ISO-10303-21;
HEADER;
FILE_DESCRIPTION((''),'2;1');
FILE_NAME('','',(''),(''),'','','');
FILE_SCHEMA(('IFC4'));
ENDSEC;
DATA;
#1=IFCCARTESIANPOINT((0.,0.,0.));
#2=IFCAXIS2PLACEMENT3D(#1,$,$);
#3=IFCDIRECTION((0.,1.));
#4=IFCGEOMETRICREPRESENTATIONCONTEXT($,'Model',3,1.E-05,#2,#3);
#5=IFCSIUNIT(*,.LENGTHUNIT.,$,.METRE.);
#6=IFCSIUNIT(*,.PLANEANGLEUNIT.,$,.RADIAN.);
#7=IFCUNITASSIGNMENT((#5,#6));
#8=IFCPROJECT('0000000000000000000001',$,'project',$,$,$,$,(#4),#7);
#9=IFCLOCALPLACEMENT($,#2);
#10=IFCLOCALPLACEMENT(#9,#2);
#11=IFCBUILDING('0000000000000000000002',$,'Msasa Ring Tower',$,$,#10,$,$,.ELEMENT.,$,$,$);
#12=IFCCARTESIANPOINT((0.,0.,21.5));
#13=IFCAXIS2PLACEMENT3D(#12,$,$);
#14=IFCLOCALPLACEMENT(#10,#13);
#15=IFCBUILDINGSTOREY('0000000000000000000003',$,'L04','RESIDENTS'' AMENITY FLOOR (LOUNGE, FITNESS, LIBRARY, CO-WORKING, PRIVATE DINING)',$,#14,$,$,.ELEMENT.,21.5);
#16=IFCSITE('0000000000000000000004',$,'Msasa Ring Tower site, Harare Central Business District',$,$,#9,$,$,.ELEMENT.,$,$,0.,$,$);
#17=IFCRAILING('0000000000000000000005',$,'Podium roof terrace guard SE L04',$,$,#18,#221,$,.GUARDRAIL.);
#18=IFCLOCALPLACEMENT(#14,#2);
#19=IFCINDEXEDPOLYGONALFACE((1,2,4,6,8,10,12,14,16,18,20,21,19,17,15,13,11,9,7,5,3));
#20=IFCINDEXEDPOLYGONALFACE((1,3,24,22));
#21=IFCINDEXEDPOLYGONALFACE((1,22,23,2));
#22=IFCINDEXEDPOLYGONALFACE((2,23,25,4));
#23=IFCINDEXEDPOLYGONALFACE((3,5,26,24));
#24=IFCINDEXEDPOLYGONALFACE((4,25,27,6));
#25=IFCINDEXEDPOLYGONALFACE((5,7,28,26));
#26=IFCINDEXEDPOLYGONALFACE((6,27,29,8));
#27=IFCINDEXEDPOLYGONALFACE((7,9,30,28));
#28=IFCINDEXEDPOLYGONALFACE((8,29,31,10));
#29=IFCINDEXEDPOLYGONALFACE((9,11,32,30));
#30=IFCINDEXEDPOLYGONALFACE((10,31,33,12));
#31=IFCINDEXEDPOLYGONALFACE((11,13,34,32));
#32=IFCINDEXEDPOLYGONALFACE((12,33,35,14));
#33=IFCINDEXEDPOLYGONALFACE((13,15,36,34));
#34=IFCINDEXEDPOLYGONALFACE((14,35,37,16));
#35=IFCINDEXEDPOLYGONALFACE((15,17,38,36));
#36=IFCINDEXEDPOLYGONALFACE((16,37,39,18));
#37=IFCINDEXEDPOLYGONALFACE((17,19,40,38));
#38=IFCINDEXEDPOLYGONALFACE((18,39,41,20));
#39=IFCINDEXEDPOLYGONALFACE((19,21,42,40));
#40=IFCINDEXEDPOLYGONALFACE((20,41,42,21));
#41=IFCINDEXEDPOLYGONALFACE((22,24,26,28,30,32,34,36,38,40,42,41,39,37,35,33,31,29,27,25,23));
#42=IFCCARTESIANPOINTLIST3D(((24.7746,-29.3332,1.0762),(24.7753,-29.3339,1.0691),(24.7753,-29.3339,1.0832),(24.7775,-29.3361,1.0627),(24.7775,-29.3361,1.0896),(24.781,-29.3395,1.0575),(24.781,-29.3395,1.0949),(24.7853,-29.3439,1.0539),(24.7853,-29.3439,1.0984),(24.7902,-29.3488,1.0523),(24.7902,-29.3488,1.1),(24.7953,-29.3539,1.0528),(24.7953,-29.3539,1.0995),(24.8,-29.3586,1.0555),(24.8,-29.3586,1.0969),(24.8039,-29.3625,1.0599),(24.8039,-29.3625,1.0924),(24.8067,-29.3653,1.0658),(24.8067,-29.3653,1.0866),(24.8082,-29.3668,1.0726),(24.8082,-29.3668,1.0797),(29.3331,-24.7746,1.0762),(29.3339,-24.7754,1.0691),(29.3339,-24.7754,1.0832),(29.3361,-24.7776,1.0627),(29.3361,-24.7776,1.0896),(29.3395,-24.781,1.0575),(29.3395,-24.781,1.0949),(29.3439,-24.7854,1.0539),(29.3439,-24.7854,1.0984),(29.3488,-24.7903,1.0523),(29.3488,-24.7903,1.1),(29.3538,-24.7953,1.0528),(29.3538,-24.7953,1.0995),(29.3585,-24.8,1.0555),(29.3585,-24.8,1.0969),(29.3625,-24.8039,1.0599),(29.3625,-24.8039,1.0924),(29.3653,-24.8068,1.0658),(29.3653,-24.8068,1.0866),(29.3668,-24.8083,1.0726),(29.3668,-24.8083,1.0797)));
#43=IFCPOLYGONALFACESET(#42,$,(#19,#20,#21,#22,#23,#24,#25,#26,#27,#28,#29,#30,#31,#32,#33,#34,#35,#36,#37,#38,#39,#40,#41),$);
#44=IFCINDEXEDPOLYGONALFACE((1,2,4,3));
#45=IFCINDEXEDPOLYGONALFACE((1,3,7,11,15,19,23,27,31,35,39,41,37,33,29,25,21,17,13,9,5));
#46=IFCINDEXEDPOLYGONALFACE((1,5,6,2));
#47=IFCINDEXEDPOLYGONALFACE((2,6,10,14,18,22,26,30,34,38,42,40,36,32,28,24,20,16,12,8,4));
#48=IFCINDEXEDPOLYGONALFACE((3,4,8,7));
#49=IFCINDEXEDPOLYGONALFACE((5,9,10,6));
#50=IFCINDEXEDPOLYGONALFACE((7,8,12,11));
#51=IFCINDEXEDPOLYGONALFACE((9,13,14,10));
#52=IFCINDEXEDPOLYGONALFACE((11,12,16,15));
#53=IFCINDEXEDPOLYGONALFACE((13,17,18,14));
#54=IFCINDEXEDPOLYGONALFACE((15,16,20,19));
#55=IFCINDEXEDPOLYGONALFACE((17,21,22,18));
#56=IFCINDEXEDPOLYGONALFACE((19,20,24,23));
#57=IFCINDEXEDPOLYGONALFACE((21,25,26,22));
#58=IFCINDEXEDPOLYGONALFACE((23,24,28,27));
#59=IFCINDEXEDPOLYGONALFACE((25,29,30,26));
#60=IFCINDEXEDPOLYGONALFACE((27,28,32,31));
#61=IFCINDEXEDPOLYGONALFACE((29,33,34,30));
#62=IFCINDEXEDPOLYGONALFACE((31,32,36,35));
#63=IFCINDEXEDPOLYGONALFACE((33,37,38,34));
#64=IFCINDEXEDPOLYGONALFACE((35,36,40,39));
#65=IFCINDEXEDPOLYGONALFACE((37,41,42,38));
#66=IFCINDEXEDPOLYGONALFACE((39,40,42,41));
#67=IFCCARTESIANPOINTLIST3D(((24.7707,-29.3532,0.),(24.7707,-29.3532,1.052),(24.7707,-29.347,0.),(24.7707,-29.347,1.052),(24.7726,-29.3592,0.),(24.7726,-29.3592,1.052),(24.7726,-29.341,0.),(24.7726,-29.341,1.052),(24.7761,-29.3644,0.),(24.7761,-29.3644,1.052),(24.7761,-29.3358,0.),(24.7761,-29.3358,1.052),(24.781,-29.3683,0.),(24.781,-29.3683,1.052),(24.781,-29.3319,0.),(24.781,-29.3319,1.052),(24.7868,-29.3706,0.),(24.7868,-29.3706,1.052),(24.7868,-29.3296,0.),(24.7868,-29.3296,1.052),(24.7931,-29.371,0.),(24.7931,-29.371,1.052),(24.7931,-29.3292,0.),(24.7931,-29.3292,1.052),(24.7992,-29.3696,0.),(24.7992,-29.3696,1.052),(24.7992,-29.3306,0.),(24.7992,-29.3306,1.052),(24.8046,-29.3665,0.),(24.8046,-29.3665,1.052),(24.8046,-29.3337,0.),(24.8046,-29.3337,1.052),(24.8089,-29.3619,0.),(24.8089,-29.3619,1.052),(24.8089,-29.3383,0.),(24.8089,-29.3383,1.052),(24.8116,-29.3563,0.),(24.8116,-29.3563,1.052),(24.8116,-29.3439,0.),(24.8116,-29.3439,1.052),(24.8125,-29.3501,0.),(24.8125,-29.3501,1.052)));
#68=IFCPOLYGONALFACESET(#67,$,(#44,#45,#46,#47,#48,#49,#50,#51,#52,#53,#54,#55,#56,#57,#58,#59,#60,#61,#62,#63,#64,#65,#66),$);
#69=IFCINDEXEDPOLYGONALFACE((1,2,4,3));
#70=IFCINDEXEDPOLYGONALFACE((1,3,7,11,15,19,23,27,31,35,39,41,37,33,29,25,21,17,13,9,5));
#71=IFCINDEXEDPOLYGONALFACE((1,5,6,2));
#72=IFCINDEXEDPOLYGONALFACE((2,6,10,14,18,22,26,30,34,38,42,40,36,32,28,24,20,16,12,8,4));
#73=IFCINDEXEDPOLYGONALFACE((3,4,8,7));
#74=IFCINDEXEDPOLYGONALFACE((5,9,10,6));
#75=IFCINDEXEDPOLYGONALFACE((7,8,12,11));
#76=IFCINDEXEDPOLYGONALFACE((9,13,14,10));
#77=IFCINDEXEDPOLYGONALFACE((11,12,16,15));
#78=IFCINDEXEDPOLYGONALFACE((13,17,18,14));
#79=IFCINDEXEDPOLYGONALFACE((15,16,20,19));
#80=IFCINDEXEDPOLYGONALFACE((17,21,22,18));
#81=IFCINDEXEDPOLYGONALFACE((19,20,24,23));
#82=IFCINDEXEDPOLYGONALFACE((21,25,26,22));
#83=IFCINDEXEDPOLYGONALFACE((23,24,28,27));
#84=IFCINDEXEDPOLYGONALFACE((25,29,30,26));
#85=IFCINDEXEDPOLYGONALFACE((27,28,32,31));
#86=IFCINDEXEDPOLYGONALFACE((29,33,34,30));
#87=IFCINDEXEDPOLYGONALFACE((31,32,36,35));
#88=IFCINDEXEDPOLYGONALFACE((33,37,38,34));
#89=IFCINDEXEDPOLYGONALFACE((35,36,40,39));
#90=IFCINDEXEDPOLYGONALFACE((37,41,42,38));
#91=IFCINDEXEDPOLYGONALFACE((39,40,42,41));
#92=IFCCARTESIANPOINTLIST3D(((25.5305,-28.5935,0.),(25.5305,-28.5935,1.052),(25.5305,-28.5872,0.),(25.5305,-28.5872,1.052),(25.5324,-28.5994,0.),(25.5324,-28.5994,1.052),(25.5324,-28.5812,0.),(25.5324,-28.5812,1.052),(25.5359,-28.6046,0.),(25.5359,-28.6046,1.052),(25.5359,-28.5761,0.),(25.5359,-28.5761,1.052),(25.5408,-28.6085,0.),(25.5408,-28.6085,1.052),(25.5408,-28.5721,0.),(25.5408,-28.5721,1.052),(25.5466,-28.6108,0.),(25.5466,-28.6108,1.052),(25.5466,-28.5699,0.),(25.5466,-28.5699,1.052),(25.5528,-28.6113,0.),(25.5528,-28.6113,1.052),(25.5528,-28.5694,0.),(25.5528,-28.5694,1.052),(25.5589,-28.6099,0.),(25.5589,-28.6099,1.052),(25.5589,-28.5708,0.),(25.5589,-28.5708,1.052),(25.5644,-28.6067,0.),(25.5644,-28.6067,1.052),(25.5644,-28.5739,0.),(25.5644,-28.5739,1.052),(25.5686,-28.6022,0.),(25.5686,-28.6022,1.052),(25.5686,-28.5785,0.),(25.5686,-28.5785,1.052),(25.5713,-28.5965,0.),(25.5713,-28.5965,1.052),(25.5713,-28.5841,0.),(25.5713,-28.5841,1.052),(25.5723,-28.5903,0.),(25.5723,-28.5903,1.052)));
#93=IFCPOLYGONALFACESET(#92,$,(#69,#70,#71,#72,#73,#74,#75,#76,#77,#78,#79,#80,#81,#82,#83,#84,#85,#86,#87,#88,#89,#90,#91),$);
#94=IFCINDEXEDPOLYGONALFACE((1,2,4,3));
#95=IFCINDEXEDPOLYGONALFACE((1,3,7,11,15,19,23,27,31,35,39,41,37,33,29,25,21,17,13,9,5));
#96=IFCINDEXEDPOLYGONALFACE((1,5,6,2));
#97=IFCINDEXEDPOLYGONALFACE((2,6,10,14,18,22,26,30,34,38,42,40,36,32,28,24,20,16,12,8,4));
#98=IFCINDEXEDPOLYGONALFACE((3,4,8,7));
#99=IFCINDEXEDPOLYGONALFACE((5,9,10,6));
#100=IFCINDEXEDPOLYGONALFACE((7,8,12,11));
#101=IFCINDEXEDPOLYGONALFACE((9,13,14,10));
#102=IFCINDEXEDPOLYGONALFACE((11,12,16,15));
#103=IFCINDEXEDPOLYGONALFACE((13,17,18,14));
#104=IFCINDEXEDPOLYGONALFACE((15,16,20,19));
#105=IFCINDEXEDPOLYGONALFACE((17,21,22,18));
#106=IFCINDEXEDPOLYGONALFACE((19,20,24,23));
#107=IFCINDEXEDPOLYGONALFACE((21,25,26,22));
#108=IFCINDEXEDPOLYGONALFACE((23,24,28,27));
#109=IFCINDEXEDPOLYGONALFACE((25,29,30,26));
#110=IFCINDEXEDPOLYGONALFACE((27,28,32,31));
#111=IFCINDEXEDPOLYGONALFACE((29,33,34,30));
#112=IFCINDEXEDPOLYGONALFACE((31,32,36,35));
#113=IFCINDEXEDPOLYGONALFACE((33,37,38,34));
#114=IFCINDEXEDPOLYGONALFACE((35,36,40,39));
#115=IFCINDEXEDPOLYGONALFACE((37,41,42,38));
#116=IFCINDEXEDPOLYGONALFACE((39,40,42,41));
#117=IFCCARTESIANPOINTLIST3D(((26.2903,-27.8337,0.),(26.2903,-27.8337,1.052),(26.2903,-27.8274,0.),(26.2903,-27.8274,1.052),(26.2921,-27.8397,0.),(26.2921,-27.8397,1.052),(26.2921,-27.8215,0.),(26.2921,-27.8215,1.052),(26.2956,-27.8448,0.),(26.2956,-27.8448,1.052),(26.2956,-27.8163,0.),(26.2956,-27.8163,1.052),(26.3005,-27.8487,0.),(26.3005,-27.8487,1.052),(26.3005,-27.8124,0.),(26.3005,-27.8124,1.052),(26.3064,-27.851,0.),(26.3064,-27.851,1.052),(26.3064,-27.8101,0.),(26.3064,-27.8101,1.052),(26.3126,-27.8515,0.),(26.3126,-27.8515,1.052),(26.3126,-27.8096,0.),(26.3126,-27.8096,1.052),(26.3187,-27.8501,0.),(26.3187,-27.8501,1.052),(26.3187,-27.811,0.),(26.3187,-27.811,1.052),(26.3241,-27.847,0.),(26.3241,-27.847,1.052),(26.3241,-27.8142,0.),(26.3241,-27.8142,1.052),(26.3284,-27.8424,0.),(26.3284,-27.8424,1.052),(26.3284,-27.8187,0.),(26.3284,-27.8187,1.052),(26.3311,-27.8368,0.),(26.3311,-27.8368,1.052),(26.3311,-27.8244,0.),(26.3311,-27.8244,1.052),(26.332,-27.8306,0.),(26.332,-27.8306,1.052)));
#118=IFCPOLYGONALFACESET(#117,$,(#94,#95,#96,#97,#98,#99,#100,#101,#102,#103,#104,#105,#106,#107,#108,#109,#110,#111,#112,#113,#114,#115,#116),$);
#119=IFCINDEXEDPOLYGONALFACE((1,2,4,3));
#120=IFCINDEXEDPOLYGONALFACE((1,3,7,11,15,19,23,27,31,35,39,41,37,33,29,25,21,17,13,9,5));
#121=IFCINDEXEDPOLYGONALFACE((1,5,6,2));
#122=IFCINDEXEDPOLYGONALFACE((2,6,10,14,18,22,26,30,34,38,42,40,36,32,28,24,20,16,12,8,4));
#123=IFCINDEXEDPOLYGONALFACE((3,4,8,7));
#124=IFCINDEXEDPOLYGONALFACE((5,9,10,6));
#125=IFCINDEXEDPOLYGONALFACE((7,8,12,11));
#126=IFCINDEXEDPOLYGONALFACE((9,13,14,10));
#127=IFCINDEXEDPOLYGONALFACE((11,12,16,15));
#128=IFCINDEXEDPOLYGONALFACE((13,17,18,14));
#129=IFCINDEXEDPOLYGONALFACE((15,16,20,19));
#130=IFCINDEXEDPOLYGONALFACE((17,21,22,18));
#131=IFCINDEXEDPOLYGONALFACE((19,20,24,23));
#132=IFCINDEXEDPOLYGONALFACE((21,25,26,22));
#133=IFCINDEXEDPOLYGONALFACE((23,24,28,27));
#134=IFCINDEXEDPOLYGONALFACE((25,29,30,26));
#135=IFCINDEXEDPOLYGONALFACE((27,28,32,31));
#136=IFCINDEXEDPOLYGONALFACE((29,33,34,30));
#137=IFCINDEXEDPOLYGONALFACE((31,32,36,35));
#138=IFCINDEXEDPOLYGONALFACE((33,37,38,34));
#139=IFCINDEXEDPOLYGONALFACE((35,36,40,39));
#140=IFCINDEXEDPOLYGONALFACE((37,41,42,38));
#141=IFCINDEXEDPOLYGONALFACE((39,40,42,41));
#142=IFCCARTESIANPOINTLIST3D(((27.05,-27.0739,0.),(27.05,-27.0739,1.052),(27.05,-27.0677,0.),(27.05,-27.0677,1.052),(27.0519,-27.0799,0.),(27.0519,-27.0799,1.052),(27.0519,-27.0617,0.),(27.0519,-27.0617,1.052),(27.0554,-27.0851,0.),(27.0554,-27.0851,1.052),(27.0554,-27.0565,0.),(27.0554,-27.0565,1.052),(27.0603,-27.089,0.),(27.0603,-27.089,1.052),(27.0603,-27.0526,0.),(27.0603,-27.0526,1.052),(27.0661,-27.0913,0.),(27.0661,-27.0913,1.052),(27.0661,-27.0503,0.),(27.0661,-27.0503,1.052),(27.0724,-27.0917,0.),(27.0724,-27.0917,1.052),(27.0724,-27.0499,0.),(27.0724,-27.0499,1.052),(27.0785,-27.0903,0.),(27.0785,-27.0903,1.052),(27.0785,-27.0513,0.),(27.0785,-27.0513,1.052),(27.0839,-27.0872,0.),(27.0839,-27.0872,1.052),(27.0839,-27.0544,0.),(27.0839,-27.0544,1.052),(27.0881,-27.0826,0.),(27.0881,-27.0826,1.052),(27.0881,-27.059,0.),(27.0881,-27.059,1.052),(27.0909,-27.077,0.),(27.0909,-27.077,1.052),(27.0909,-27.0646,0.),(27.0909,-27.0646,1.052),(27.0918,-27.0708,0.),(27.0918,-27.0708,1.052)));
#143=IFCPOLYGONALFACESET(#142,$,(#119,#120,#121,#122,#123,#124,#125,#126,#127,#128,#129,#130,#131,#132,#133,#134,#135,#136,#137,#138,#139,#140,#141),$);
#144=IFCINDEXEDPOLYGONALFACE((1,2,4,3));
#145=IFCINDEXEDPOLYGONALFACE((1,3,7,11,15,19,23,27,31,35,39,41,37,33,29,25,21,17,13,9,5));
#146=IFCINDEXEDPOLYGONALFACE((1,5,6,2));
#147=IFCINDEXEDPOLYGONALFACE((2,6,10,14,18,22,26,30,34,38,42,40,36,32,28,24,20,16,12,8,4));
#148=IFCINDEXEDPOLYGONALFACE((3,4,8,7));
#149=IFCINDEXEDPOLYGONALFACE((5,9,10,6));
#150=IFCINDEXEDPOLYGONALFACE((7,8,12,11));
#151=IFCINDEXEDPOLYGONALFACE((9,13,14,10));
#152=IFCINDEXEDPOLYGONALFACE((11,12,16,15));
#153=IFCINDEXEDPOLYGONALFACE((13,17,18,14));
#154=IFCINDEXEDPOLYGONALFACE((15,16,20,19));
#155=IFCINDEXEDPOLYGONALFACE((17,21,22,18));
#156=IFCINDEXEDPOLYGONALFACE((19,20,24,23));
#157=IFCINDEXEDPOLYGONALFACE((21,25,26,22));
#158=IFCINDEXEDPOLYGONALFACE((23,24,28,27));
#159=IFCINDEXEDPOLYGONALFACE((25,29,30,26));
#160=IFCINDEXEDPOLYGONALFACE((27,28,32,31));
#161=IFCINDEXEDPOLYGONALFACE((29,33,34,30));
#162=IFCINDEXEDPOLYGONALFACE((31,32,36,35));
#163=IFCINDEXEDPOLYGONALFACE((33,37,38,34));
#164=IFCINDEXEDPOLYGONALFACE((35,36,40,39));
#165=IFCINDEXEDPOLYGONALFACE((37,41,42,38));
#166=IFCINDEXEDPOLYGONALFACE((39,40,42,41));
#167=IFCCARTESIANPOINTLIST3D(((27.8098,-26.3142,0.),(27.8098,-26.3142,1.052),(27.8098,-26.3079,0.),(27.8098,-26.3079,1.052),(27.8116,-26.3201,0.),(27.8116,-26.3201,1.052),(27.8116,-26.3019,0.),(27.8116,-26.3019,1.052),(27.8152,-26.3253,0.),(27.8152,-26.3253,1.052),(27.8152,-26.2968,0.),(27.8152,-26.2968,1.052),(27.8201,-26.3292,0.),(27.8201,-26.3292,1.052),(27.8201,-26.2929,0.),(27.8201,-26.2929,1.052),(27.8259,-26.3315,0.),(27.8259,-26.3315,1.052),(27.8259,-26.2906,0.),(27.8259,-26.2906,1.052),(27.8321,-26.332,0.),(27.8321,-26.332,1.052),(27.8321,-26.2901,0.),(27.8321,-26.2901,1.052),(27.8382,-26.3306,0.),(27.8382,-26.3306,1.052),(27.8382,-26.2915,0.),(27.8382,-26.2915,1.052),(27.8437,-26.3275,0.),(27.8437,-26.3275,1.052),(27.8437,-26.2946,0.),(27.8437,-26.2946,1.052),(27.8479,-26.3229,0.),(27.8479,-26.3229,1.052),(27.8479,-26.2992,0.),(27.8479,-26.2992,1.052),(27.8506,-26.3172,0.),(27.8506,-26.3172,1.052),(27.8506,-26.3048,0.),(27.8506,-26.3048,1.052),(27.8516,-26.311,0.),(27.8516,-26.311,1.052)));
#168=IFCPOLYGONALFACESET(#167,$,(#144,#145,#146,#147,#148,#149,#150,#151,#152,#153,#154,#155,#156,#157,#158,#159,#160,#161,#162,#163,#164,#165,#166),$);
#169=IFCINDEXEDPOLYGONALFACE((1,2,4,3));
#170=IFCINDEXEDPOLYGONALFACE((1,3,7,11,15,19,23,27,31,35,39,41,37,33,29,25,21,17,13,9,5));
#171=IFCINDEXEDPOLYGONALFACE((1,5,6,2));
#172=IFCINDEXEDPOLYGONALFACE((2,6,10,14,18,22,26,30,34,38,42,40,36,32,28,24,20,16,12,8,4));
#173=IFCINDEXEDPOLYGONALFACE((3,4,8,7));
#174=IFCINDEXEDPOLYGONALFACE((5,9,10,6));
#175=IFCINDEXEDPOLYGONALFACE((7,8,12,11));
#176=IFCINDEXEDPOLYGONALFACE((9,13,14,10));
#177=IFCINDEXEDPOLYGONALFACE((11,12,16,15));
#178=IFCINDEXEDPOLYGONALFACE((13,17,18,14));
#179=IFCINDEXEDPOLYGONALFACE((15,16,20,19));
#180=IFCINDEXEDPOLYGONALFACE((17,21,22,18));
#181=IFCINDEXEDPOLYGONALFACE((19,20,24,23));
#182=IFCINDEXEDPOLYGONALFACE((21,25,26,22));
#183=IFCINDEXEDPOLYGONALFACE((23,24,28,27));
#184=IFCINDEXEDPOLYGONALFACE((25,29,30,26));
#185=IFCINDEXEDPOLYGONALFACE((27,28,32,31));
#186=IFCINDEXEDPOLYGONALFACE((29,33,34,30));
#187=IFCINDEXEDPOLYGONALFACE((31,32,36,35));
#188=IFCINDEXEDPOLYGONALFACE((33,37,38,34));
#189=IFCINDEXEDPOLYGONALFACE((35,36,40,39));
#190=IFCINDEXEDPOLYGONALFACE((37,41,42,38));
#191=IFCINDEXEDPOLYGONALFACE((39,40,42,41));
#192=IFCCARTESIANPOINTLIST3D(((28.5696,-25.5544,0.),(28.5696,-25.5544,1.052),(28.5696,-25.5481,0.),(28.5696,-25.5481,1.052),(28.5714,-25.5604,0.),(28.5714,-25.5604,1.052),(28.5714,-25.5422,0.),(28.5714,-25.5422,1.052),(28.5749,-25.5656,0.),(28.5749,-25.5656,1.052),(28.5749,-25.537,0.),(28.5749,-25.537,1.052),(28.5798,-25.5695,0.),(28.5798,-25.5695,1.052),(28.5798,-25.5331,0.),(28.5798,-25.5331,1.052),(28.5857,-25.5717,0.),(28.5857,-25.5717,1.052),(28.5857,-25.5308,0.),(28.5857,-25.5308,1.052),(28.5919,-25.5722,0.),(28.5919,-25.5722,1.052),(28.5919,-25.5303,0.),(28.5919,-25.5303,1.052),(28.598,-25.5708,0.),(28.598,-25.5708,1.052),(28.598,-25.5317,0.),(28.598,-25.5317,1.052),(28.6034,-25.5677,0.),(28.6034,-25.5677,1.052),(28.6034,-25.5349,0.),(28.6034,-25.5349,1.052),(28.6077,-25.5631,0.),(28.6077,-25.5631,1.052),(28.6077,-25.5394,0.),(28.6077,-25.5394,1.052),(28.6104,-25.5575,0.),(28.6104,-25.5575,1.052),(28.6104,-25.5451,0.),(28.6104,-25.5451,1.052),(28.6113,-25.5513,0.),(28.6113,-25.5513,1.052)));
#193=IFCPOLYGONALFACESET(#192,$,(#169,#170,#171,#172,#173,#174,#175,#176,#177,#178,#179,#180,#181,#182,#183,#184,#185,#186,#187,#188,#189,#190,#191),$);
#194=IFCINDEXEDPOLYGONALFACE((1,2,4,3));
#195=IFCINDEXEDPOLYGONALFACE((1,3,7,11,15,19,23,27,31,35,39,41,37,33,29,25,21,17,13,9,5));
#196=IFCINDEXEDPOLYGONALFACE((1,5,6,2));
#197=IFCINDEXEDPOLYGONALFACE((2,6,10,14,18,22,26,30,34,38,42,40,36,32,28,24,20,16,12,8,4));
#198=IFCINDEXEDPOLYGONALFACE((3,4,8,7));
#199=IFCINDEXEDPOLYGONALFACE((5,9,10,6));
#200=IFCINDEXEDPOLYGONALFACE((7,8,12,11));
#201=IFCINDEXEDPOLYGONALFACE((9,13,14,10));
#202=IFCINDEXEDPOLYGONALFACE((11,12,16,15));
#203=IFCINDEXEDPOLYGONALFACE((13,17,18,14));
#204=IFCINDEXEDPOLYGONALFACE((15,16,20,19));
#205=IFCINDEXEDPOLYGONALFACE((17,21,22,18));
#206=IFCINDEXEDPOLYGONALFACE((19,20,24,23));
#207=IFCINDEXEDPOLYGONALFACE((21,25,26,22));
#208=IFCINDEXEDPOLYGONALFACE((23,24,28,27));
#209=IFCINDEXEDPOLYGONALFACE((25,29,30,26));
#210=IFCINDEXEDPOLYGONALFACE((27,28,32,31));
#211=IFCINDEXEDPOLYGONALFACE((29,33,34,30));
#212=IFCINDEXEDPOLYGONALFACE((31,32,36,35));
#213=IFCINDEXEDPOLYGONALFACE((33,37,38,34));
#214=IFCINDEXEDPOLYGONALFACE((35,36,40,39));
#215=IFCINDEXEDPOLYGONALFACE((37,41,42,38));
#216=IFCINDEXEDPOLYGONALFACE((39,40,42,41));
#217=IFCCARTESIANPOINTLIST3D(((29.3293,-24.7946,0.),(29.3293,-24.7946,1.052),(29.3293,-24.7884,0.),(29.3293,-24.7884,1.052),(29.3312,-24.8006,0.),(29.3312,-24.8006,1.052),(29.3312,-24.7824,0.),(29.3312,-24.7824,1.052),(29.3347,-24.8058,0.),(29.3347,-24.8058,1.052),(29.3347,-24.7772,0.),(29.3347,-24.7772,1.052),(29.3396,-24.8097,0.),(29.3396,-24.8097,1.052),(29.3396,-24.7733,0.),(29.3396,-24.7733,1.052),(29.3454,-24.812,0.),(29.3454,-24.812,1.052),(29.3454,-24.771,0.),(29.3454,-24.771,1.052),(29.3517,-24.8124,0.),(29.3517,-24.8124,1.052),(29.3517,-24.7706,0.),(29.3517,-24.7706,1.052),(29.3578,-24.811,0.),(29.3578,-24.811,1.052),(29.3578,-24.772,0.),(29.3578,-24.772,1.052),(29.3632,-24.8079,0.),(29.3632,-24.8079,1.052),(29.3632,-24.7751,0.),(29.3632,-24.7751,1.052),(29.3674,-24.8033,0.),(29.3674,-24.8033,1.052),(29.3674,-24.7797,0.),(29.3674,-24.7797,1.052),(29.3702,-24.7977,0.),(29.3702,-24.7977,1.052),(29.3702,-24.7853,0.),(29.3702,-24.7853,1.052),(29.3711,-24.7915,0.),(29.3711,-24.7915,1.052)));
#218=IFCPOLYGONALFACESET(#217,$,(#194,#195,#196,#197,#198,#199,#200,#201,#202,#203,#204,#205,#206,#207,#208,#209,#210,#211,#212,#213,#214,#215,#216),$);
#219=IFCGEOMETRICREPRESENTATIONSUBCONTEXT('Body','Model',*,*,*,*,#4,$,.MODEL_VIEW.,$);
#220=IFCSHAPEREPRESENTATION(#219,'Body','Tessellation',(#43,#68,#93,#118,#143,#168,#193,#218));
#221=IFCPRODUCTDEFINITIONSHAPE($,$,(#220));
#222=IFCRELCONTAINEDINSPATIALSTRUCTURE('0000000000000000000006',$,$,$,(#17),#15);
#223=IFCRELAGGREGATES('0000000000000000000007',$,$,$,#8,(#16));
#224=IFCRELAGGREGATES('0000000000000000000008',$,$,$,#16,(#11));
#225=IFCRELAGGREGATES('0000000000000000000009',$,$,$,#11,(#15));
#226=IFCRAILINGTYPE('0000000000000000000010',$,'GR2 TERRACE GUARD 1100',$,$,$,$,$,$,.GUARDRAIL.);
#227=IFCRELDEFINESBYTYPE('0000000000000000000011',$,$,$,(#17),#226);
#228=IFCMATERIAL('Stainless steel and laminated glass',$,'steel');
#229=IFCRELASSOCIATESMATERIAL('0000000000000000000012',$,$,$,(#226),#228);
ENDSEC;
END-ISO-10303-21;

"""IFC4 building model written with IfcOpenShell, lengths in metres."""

from ifc_helpers import new_model, si_unit, direction, frame, origin, origin_2d, place, context, subcontext, project, spatial, circle, extrude, material, type_object, element, save


model = new_model("IFC4")

# Units and contexts
model_context = context("Model", 3, precision=1e-05, world=origin(), true_north=direction((0.0, 1.0)))
body_context = subcontext(model_context, "Body", "Model", "MODEL_VIEW")
ifc_project = project(units=[si_unit("LENGTHUNIT", "METRE"), si_unit("PLANEANGLEUNIT", "RADIAN")], contexts=[model_context])

# Site, building, storey
site_placement = place(None, origin())
site = spatial("IfcSite", under=ifc_project, at=site_placement, Name="Msasa Ring Tower site, Harare Central Business District", CompositionType="ELEMENT", RefElevation=0.0)
building_placement = place(site_placement, origin())
building = spatial("IfcBuilding", under=site, at=building_placement, Name="Msasa Ring Tower", CompositionType="ELEMENT")
storey_placement = place(building_placement, frame((0.0, 0.0, 21.5)))
storey = spatial("IfcBuildingStorey", under=building, at=storey_placement, Name="L04", Description="RESIDENTS' AMENITY FLOOR (LOUNGE, FITNESS, LIBRARY, CO-WORKING, PRIVATE DINING)", CompositionType="ELEMENT", Elevation=21.5)

# Railing
ifc_material_1 = material(Name="Stainless steel and laminated glass", Category="steel")
railing_type = type_object("IfcRailingType", Name="GR2 TERRACE GUARD 1100", PredefinedType="GUARDRAIL", material=ifc_material_1)
railing_1_placement = place(storey_placement, frame((24.7915, -29.3501, 0.0)))
element("IfcRailing", 1, at=railing_1_placement, inside=storey, type_object=railing_type, Name="Podium roof terrace guard SE L04", PredefinedType="GUARDRAIL", context=body_context, shape_type="SweptSolid", body=[
    extrude(circle(Radius=0.0239, at=origin_2d()), frame((0.0, 0.0, 1.0762), z_axis=(0.707107, 0.707107, 0.0), x_axis=(-0.707107, 0.707107, 0.0)), (0.0, 0.0, 1.0), 6.4468),
    extrude(circle(Radius=0.021, at=origin_2d()), origin(), (0.0, 0.0, 1.0), 1.052),
    extrude(circle(Radius=0.021, at=origin_2d()), frame((0.7598, 0.7598, 0.0)), (0.0, 0.0, 1.0), 1.052),
    extrude(circle(Radius=0.021, at=origin_2d()), frame((1.5195, 1.5195, 0.0)), (0.0, 0.0, 1.0), 1.052),
    extrude(circle(Radius=0.021, at=origin_2d()), frame((2.2793, 2.2793, 0.0)), (0.0, 0.0, 1.0), 1.052),
    extrude(circle(Radius=0.021, at=origin_2d()), frame((3.0391, 3.0391, 0.0)), (0.0, 0.0, 1.0), 1.052),
    extrude(circle(Radius=0.021, at=origin_2d()), frame((3.7988, 3.7988, 0.0)), (0.0, 0.0, 1.0), 1.052),
    extrude(circle(Radius=0.021, at=origin_2d()), frame((4.5586, 4.5586, 0.0)), (0.0, 0.0, 1.0), 1.052),
])

save(model, "model.ifc")
